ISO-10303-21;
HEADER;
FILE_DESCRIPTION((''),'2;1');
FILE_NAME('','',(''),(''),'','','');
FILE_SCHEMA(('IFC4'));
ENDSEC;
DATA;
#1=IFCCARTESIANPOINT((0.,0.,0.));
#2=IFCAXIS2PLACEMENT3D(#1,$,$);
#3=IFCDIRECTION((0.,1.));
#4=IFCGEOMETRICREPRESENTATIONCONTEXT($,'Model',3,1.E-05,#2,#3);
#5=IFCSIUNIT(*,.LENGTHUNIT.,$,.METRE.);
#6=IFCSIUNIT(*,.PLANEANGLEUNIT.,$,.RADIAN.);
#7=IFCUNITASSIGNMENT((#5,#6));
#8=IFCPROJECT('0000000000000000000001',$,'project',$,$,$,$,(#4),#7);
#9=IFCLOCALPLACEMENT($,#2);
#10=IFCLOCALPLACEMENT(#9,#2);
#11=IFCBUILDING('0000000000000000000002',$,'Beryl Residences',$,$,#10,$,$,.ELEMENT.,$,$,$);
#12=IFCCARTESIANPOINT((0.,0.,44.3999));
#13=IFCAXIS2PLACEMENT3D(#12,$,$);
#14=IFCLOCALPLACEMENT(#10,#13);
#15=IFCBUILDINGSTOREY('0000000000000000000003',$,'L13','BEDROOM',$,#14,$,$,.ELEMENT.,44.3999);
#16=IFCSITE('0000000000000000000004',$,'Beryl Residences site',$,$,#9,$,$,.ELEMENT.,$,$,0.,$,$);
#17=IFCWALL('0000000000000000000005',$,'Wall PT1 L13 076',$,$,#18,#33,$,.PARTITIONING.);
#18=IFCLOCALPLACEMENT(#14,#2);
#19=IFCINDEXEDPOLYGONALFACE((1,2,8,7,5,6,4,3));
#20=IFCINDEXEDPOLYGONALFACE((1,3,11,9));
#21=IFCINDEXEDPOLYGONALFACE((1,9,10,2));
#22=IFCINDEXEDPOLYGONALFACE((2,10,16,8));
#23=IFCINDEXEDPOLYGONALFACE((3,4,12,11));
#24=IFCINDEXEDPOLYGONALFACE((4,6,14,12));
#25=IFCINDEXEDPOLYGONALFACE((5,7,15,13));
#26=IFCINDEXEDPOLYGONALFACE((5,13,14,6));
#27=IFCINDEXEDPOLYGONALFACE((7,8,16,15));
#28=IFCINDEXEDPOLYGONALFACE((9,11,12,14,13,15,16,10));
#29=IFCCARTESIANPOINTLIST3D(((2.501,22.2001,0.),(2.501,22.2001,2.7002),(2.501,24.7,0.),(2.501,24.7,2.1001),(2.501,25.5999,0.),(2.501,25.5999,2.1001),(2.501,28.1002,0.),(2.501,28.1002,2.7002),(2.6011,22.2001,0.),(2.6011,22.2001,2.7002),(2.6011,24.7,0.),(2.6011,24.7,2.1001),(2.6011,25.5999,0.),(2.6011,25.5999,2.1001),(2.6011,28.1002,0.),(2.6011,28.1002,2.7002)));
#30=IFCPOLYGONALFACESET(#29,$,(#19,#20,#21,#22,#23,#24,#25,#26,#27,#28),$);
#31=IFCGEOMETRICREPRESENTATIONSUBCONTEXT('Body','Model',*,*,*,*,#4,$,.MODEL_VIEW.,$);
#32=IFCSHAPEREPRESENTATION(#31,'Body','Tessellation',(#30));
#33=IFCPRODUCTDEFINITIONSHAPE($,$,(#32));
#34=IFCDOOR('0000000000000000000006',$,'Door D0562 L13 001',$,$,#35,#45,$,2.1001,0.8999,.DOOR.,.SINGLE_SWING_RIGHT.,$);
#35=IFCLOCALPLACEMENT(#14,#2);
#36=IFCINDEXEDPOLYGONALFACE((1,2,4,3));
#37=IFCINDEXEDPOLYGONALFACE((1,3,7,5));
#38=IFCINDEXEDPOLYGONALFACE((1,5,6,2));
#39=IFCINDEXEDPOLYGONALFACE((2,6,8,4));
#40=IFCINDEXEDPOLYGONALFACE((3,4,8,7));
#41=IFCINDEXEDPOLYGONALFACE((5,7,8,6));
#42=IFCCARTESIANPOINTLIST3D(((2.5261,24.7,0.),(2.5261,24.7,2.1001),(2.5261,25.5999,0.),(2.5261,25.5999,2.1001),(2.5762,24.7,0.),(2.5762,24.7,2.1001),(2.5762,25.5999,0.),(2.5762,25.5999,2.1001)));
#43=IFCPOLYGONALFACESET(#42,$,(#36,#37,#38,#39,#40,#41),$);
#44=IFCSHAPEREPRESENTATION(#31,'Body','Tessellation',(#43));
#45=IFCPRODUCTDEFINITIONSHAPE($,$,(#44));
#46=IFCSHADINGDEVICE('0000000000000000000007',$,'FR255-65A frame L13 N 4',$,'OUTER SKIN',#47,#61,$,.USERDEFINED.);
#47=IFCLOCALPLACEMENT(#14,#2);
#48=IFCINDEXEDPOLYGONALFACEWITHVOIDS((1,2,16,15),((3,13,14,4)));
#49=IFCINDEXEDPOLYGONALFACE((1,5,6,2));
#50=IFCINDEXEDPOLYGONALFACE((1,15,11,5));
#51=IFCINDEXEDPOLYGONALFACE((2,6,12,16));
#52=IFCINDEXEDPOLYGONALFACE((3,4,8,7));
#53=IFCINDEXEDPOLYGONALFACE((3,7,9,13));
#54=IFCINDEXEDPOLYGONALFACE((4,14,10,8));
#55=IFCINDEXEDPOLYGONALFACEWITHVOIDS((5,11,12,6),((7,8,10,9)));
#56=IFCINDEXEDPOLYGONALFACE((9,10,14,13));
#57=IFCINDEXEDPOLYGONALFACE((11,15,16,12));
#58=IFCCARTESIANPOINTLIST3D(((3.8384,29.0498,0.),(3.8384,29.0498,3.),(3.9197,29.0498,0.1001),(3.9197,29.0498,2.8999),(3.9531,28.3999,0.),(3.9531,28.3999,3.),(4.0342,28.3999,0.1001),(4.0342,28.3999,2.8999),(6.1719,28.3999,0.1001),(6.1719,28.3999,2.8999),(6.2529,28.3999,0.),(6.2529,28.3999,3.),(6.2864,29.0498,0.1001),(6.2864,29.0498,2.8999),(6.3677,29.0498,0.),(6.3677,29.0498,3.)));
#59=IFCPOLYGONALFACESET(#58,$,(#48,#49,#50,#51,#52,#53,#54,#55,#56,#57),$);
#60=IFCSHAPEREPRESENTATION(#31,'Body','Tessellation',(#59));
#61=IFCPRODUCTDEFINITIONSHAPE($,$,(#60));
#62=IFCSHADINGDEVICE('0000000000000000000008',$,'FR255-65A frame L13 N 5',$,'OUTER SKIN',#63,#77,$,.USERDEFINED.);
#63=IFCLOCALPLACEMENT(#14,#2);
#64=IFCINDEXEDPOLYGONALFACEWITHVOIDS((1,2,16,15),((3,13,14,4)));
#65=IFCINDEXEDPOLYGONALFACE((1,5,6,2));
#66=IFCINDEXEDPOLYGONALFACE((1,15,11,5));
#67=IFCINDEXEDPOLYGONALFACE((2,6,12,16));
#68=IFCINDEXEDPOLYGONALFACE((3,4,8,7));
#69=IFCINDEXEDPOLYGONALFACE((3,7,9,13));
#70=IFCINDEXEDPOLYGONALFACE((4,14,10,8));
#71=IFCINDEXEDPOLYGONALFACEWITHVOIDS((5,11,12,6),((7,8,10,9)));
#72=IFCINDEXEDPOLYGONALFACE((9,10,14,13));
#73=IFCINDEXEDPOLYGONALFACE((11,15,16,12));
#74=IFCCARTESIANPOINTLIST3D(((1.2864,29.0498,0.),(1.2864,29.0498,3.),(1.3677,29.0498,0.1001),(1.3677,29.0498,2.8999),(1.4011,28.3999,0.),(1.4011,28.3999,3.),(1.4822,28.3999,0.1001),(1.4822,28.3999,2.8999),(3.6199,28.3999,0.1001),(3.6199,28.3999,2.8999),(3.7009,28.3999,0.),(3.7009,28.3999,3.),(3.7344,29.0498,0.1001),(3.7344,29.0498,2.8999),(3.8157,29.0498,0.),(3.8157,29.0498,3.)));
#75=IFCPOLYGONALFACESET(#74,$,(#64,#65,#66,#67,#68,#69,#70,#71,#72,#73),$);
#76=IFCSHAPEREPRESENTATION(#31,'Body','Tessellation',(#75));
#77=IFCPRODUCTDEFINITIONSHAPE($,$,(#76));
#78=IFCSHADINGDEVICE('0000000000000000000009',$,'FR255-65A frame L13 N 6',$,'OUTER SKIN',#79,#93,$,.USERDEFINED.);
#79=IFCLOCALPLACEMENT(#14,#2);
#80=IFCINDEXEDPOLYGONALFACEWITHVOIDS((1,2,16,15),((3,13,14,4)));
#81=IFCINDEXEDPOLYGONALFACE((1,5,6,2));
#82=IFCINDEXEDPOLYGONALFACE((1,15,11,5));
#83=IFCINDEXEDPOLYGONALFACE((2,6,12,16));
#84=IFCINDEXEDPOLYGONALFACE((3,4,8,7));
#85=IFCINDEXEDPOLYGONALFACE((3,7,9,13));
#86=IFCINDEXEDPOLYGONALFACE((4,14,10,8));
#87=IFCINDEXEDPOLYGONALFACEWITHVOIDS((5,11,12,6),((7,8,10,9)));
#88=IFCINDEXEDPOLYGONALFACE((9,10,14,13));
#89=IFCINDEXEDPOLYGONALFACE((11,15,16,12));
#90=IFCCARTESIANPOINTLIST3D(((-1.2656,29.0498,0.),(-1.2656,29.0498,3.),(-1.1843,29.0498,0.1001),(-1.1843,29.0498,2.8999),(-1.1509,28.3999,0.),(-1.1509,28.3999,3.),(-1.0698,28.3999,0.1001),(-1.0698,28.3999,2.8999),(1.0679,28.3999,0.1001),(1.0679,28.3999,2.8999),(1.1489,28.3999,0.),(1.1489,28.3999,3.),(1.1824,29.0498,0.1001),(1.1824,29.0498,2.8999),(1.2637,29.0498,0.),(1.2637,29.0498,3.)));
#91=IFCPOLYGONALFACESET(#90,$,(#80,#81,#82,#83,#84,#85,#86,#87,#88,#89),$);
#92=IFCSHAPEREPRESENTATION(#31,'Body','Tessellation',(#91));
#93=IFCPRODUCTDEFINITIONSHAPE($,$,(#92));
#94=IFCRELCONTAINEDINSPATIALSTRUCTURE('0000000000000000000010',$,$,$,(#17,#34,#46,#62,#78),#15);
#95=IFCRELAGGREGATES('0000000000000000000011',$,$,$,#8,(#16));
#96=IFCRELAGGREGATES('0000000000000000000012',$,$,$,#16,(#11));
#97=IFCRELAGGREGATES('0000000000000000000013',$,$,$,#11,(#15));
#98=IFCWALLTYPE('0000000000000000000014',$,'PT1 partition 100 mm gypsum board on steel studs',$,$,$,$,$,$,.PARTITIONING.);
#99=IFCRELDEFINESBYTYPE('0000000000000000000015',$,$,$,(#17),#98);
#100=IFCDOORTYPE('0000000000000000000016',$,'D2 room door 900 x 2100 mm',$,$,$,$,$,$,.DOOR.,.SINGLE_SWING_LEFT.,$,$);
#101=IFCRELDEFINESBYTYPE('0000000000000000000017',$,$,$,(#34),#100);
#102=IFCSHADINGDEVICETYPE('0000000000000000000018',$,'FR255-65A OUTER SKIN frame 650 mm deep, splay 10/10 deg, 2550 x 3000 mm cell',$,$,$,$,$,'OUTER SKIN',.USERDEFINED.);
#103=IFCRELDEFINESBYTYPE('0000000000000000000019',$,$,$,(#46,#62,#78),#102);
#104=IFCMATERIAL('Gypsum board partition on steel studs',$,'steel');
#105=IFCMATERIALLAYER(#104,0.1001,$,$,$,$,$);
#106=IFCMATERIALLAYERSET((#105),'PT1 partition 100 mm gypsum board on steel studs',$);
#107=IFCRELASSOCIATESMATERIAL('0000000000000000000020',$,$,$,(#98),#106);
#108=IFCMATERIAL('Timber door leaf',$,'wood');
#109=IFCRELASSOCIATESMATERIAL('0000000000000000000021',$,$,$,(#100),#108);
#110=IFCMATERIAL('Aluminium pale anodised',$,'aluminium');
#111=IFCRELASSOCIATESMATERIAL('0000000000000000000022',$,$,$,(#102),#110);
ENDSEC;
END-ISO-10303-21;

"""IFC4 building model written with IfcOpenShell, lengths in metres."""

from ifc_helpers import new_model, entity, si_unit, direction, frame, frame_2d, origin, place, context, subcontext, project, spatial, rectangle, extrude, source, transform, mapped, material, layer, layer_set, type_object, type_shapes, element, fill, save


model = new_model("IFC4")

# Units and contexts
model_context = context("Model", 3, precision=1e-05, world=origin(), true_north=direction((0.0, 1.0)))
body_context = subcontext(model_context, "Body", "Model", "MODEL_VIEW")
ifc_project = project(units=[si_unit("LENGTHUNIT", "METRE"), si_unit("PLANEANGLEUNIT", "RADIAN")], contexts=[model_context])

# Site, building, storey
site_placement = place(None, origin())
site = spatial("IfcSite", under=ifc_project, at=site_placement, Name="Beryl Residences site", CompositionType="ELEMENT", RefElevation=0.0)
building_placement = place(site_placement, origin())
building = spatial("IfcBuilding", under=site, at=building_placement, Name="Beryl Residences", CompositionType="ELEMENT")
storey_placement = place(building_placement, frame((0.0, 0.0, 44.3999)))
storey = spatial("IfcBuildingStorey", under=building, at=storey_placement, Name="L13", Description="BEDROOM", CompositionType="ELEMENT", Elevation=44.3999)

# Wall, opening, door
ifc_material_1 = material(Name="Gypsum board partition on steel studs", Category="steel")
ifc_layer = layer(ifc_material_1, 0.1001)
ifc_layer_set = layer_set([ifc_layer], Name="PT1 partition 100 mm gypsum board on steel studs")
wall_type = type_object("IfcWallType", Name="PT1 partition 100 mm gypsum board on steel studs", PredefinedType="PARTITIONING", material=ifc_layer_set)
ifc_material_2 = material(Name="Timber door leaf", Category="wood")
door_type_1 = type_object("IfcDoorType", Name="D2 room door 900 x 2100 mm", OperationType="SINGLE_SWING_LEFT", PredefinedType="DOOR", material=ifc_material_2)
wall_1_placement = place(storey_placement, frame((2.551, 22.2, 0.0), z_axis=(0.0, 0.0, 1.0), x_axis=(0.0, 1.0, 0.0)))
wall_1 = element("IfcWall", 1, at=wall_1_placement, inside=storey, type_object=wall_type, Name="Wall PT1 L13 076", PredefinedType="PARTITIONING", context=body_context, shape_type="SweptSolid", body=[
    extrude(rectangle(XDim=5.9001, YDim=0.1001, at=frame_2d((2.9502, 0.0))), origin(), (0.0, 0.0, 1.0), 2.7002),
])
opening_1_placement = place(wall_1_placement, frame((2.5, 0.0, 0.0)))
opening_1 = element("IfcOpeningElement", 2, at=opening_1_placement, cuts=wall_1, PredefinedType="OPENING", context=body_context, shape_type="SweptSolid", body=[
    extrude(rectangle(XDim=0.8999, YDim=2.1001, at=frame_2d((0.45, 1.05))), frame((0.0, 0.0601, 0.0), z_axis=(0.0, -1.0, 0.0), x_axis=(1.0, 0.0, 0.0)), (0.0, 0.0, 1.0), 0.1201),
])
door_1_placement = place(opening_1_placement, origin())
door_1 = element("IfcDoor", 3, at=door_1_placement, inside=storey, type_object=door_type_1, Name="Door D0562 L13 001", OperationType="SINGLE_SWING_RIGHT", OverallHeight=2.1001, OverallWidth=0.8999, PredefinedType="DOOR", context=body_context, shape_type="SweptSolid", body=[
    extrude(rectangle(XDim=0.8999, YDim=2.1001, at=frame_2d((0.45, 1.05))), frame((0.0, 0.0249, 0.0), z_axis=(0.0, -1.0, 0.0), x_axis=(1.0, 0.0, 0.0)), (0.0, 0.0, 1.0), 0.05),
])
fill(opening_1, door_1)

# Shading devices
ifc_material_3 = material(Name="Aluminium pale anodised", Category="aluminium")
shading_device_type = type_object("IfcShadingDeviceType", Name="FR255-65A OUTER SKIN frame 650 mm deep, splay 10/10 deg, 2550 x 3000 mm cell", ElementType="OUTER SKIN", PredefinedType="USERDEFINED", material=ifc_material_3)
cartesian_point_1 = entity("IfcCartesianPoint", [-1.1499, 0.0])
cartesian_point_2 = entity("IfcCartesianPoint", [-1.0688, 0.1001])
cartesian_point_3 = entity("IfcCartesianPoint", [-1.2646, 0.0])
cartesian_point_4 = entity("IfcCartesianPoint", [-1.1833, 0.1001])
shared_shape = source(origin(), body_context, "Body", "SweptSolid", [
    entity("IfcExtrudedAreaSolidTapered", entity("IfcArbitraryProfileDefWithVoids", "AREA", None, entity("IfcPolyline", [cartesian_point_1, entity("IfcCartesianPoint", [1.1499, 0.0]), entity("IfcCartesianPoint", [1.1499, 3.0]), entity("IfcCartesianPoint", [-1.1499, 3.0]), cartesian_point_1]), [entity("IfcPolyline", [cartesian_point_2, entity("IfcCartesianPoint", [1.0688, 0.1001]), entity("IfcCartesianPoint", [1.0688, 2.8999]), entity("IfcCartesianPoint", [-1.0688, 2.8999]), cartesian_point_2])]), entity("IfcAxis2Placement3D", entity("IfcCartesianPoint", [0.0, 0.0, 0.0]), entity("IfcDirection", [0.0, 1.0, 0.0]), entity("IfcDirection", [-1.0, 0.0, 0.0])), entity("IfcDirection", [0.0, 0.0, 1.0]), 0.6499, entity("IfcArbitraryProfileDefWithVoids", "AREA", None, entity("IfcPolyline", [cartesian_point_3, entity("IfcCartesianPoint", [1.2646, 0.0]), entity("IfcCartesianPoint", [1.2646, 3.0]), entity("IfcCartesianPoint", [-1.2646, 3.0]), cartesian_point_3]), [entity("IfcPolyline", [cartesian_point_4, entity("IfcCartesianPoint", [1.1833, 0.1001]), entity("IfcCartesianPoint", [1.1833, 2.8999]), entity("IfcCartesianPoint", [-1.1833, 2.8999]), cartesian_point_4])])),
])
type_shapes(shading_device_type, [shared_shape])
for number, where, z_axis, x_axis, name in (
    (4, (5.103, 28.3999, 0.0), (0.0, 0.0, 1.0), (1.0, 0.0, 0.0), "FR255-65A frame L13 N 4"),
    (5, (2.551, 28.3999, 0.0), (0.0, 0.0, 1.0), (1.0, 0.0, 0.0), "FR255-65A frame L13 N 5"),
    (6, (-0.001, 28.3999, 0.0), (0.0, 0.0, 1.0), (1.0, 0.0, 0.0), "FR255-65A frame L13 N 6"),
):
    element("IfcShadingDevice", number, at=place(storey_placement, frame(where, z_axis=z_axis, x_axis=x_axis)), inside=storey, type_object=shading_device_type, Name=name, ObjectType="OUTER SKIN", PredefinedType="USERDEFINED", context=body_context, shape_type="MappedRepresentation", body=[
        mapped(shared_shape, transform((0.0, 0.0, 0.0))),
    ])

save(model, "model.ifc")
